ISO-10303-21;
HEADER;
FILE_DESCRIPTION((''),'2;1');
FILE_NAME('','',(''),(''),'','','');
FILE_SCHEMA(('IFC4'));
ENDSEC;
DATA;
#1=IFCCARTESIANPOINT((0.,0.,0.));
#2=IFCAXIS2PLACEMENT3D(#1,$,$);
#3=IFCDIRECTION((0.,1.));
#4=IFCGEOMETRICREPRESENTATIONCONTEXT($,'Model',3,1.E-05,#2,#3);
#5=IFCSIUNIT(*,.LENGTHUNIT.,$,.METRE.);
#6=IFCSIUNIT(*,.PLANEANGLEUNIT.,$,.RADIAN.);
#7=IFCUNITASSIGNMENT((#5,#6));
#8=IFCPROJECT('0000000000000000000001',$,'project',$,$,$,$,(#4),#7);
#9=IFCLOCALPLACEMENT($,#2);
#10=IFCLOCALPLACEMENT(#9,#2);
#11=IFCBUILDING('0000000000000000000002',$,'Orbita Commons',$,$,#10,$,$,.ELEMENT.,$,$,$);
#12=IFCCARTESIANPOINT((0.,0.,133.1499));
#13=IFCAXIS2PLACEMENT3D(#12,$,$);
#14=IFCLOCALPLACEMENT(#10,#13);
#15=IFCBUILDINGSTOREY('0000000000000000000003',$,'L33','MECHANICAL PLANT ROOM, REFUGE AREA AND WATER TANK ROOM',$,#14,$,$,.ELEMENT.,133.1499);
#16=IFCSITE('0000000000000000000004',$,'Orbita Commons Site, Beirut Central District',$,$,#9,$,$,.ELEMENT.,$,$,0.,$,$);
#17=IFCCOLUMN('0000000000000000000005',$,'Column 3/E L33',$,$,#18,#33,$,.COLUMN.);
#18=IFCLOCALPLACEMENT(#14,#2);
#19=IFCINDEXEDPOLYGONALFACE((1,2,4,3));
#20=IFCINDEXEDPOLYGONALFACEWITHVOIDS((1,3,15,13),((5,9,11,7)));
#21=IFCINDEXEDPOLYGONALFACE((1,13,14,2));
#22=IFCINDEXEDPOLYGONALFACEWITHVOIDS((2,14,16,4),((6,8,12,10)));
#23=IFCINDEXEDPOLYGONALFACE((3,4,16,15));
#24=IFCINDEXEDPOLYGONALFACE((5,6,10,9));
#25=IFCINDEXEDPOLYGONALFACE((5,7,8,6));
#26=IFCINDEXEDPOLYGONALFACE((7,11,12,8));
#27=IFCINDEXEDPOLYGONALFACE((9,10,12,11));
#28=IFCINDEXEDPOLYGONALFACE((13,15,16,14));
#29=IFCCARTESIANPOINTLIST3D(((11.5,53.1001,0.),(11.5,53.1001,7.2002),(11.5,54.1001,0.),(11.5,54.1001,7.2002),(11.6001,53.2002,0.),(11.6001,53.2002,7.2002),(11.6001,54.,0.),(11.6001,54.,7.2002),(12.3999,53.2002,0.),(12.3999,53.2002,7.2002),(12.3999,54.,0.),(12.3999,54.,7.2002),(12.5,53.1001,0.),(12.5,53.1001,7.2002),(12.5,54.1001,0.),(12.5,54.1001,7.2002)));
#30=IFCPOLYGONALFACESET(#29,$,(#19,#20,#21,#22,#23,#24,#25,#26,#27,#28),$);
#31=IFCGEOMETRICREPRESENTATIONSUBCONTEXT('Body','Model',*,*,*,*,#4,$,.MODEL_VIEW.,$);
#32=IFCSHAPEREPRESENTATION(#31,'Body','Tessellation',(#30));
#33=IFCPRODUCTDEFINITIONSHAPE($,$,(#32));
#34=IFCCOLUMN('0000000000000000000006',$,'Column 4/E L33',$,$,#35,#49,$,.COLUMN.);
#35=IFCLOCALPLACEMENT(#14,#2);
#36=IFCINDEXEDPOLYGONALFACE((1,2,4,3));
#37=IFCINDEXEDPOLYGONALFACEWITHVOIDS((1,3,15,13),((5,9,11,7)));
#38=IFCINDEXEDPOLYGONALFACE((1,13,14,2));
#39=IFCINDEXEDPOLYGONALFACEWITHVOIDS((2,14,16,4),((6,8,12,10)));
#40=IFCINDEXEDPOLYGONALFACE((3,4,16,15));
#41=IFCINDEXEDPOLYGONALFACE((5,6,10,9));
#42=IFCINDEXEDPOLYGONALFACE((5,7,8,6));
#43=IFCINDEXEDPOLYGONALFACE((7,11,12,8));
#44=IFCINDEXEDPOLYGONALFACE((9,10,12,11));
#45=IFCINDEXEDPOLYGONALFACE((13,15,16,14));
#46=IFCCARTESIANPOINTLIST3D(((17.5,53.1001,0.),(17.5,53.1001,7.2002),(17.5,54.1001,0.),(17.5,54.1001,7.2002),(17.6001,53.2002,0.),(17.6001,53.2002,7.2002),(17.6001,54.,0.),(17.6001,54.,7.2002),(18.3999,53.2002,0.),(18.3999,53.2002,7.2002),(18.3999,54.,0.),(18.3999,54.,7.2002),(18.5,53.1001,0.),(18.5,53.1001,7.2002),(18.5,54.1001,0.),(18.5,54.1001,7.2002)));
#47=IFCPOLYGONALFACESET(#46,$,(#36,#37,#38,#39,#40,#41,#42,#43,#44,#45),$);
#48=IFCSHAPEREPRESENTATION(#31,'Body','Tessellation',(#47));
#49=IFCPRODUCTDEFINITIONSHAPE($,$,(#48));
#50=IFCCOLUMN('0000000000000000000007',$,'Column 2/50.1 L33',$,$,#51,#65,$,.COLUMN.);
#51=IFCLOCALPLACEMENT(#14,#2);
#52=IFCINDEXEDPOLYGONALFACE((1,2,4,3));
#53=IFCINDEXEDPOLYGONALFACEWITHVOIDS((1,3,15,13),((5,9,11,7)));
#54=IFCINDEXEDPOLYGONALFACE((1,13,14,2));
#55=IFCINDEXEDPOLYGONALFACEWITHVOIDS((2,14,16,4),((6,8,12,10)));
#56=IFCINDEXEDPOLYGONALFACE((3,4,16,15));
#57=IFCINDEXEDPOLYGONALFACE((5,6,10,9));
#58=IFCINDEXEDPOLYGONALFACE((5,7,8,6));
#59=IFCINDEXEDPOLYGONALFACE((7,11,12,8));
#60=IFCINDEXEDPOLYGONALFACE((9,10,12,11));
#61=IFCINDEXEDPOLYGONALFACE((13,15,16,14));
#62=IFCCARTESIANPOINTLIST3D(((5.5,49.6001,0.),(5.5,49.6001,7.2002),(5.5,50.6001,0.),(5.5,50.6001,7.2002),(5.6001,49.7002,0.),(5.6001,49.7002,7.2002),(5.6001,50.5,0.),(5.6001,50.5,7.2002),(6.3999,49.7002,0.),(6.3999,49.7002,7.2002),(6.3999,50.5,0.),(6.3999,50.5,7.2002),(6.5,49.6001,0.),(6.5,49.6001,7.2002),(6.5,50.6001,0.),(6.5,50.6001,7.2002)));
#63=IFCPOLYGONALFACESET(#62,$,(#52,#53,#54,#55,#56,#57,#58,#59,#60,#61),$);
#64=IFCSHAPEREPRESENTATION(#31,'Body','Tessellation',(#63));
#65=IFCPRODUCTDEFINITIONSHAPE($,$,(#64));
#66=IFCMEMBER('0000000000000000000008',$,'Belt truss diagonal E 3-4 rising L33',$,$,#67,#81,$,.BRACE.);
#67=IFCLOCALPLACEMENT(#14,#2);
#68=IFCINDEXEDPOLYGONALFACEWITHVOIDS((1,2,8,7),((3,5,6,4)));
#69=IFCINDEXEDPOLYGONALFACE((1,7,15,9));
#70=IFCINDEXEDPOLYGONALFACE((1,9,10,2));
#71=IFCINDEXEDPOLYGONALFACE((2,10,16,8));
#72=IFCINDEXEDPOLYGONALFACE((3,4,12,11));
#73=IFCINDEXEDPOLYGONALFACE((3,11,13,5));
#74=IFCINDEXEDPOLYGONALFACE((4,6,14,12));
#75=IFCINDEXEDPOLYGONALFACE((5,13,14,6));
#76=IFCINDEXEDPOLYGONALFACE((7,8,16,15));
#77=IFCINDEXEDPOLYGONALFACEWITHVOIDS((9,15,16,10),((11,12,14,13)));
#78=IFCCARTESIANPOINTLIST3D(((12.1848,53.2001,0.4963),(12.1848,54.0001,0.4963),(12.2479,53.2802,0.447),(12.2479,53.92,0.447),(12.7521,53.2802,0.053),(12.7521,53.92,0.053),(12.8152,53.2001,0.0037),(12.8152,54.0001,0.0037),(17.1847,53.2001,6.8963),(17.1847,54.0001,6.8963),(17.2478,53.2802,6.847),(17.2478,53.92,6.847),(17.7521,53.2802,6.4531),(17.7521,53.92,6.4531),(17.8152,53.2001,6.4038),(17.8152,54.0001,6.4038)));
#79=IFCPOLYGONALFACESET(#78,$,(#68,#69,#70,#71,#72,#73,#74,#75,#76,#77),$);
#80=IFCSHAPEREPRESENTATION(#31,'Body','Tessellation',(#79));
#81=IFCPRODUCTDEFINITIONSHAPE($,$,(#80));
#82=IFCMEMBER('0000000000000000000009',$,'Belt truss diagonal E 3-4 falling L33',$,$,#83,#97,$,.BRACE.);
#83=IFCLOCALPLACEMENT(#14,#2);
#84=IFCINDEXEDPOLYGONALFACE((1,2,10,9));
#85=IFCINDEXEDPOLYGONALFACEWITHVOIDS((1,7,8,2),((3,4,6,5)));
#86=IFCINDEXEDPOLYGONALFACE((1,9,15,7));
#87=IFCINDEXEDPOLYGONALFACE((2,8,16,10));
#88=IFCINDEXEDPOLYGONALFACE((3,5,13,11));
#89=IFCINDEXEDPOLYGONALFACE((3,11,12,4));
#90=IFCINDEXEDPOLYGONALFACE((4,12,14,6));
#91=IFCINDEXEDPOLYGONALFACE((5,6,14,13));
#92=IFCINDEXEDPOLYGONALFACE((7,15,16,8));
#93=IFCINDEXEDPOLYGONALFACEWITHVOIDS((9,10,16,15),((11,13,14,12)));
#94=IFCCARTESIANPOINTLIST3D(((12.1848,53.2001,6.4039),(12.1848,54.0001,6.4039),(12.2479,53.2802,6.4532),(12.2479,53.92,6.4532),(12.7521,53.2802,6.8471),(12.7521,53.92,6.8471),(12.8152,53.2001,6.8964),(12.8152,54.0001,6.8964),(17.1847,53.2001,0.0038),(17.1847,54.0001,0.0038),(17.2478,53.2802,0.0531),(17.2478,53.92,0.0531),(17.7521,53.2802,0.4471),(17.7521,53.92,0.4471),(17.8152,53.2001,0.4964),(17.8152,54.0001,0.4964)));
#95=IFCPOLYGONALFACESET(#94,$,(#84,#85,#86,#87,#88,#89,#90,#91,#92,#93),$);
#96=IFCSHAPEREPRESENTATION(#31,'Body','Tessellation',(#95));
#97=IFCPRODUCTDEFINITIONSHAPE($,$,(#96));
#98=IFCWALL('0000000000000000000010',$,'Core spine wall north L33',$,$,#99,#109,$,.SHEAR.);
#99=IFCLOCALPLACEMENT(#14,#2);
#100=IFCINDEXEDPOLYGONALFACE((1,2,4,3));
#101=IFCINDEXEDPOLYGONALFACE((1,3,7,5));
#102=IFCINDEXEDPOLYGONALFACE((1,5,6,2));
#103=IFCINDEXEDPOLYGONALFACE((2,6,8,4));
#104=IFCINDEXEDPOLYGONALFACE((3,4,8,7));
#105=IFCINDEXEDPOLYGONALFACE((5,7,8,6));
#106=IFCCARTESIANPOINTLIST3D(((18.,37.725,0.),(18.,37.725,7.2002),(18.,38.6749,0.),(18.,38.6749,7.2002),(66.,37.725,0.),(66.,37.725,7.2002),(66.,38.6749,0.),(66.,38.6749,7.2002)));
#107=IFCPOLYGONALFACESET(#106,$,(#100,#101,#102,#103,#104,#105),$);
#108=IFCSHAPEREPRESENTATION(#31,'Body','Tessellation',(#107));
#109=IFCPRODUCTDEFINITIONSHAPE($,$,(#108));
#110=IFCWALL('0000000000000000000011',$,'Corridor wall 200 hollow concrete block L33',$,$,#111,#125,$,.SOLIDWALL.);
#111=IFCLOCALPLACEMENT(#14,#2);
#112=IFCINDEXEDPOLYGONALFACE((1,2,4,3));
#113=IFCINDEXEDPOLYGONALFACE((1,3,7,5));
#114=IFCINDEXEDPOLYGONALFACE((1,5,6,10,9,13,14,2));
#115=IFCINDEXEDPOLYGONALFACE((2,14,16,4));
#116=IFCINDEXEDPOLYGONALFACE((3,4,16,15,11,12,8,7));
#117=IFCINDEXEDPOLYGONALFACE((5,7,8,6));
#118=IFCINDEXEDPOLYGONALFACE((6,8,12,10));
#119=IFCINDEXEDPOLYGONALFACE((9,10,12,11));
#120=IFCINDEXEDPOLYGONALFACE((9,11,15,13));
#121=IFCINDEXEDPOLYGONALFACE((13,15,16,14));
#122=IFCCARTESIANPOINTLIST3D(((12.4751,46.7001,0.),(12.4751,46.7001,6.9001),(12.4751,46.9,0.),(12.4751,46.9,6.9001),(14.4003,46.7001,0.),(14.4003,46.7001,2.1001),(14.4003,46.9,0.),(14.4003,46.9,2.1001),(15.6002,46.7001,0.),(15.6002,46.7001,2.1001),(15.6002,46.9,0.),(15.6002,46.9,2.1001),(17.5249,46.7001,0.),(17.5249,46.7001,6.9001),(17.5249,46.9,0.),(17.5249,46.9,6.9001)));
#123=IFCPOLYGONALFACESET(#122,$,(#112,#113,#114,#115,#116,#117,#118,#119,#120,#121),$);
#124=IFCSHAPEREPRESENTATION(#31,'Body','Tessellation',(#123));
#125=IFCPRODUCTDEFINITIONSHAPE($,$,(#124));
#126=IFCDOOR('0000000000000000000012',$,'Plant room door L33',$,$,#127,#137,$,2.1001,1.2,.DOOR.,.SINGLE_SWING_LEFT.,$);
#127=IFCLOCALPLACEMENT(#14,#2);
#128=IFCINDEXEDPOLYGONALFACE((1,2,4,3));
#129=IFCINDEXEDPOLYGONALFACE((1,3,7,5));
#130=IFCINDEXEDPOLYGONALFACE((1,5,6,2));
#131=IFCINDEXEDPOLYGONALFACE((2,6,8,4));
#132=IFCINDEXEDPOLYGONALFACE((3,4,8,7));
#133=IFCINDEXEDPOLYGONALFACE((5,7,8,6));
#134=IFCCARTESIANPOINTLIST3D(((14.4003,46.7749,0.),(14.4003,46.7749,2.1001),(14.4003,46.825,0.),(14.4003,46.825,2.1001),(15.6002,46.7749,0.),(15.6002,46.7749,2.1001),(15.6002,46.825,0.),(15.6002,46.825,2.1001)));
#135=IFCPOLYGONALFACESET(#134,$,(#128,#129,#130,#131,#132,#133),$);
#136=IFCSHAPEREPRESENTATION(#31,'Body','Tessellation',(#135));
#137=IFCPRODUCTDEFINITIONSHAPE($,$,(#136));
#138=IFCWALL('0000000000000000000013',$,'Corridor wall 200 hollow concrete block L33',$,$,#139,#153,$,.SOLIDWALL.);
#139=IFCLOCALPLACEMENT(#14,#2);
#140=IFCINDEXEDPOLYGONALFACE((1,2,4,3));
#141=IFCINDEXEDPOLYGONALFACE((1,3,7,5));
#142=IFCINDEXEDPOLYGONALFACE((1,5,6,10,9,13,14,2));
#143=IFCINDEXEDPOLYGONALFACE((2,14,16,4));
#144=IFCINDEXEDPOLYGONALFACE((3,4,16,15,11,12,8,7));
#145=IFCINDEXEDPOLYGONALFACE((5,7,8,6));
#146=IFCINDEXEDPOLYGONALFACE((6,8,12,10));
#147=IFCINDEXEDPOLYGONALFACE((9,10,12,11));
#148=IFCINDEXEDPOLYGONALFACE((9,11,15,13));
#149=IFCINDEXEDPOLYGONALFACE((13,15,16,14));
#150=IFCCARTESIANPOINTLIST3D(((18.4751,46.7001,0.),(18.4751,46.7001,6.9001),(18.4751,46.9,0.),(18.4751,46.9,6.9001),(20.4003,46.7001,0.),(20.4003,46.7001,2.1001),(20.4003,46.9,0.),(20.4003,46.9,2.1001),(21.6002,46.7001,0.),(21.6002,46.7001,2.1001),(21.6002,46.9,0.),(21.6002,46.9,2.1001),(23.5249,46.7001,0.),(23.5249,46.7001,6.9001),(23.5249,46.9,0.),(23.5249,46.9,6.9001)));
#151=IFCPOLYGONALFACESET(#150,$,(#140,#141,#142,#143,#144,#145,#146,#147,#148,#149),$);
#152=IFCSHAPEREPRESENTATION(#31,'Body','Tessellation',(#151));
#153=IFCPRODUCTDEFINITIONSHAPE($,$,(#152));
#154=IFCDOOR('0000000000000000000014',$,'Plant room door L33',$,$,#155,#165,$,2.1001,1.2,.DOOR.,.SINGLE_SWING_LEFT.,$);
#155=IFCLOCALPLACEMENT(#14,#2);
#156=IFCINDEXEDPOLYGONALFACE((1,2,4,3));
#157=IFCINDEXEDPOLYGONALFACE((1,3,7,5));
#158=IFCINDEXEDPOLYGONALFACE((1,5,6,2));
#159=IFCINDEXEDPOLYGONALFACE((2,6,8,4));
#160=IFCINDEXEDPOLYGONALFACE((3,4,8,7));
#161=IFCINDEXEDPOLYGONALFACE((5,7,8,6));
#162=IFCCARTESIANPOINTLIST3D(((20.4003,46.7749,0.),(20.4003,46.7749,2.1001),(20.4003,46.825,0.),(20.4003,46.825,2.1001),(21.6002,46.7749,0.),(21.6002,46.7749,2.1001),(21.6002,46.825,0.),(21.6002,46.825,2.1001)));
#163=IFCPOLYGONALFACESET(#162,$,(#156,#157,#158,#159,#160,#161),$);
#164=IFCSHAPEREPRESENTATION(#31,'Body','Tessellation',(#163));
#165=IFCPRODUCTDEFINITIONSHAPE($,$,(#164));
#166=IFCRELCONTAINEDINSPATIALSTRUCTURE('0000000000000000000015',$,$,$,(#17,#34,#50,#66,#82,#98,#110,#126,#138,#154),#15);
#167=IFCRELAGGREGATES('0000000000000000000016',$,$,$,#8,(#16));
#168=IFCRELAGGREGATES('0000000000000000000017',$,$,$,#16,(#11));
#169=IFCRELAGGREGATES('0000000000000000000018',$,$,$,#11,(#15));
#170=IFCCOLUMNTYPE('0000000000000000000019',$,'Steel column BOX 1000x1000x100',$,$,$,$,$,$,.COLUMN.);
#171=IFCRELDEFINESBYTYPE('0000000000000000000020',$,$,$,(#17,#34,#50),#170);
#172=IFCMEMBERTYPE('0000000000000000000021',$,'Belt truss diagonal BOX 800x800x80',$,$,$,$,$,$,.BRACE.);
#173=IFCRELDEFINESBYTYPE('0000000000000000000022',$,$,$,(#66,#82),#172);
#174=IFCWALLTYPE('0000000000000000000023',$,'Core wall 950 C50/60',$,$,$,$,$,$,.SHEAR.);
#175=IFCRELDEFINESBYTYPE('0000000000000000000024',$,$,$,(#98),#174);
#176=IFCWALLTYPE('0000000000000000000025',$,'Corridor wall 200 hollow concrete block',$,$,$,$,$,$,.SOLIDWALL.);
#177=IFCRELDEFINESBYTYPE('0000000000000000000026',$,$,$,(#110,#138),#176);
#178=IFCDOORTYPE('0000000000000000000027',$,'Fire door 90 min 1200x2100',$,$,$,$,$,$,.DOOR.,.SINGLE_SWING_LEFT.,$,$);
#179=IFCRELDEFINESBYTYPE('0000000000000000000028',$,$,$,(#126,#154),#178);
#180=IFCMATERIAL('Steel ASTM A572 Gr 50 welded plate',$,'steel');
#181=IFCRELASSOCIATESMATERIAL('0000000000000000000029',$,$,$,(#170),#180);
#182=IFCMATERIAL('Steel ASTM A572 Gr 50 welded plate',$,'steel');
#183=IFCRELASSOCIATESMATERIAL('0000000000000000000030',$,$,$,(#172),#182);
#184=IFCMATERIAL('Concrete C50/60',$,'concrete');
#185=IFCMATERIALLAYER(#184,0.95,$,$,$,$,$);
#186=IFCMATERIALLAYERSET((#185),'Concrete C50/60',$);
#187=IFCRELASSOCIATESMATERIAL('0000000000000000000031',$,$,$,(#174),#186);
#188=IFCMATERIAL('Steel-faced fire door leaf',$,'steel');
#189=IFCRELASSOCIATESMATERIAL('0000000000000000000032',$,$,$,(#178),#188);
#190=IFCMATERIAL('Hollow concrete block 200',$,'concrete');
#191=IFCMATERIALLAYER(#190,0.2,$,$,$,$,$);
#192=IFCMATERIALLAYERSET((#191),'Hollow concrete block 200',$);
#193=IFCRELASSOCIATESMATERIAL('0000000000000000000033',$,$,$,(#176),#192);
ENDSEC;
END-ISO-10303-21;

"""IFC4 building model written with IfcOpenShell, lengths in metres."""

from ifc_helpers import new_model, si_unit, direction, frame, frame_2d, origin, origin_2d, place, context, subcontext, project, spatial, rectangle, hollow_rectangle, extrude, material, layer, layer_set, material_profile, profile_set, type_object, element, fill, save


model = new_model("IFC4")

# Units and contexts
model_context = context("Model", 3, precision=1e-05, world=origin(), true_north=direction((0.0, 1.0)))
body_context = subcontext(model_context, "Body", "Model", "MODEL_VIEW")
ifc_project = project(units=[si_unit("LENGTHUNIT", "METRE"), si_unit("PLANEANGLEUNIT", "RADIAN")], contexts=[model_context])

# Site, building, storey
site_placement = place(None, origin())
site = spatial("IfcSite", under=ifc_project, at=site_placement, Name="Orbita Commons Site, Beirut Central District", CompositionType="ELEMENT", RefElevation=0.0)
building_placement = place(site_placement, origin())
building = spatial("IfcBuilding", under=site, at=building_placement, Name="Orbita Commons", CompositionType="ELEMENT")
storey_placement = place(building_placement, frame((0.0, 0.0, 133.1499)))
storey = spatial("IfcBuildingStorey", under=building, at=storey_placement, Name="L33", Description="MECHANICAL PLANT ROOM, REFUGE AREA AND WATER TANK ROOM", CompositionType="ELEMENT", Elevation=133.1499)

# Columns
ifc_material_1 = material(Name="Steel ASTM A572 Gr 50 welded plate", Category="steel")
ifc_material_profile_1 = material_profile(ifc_material_1, hollow_rectangle(XDim=1.0, YDim=1.0, WallThickness=0.1001, at=origin_2d()), Name="BOX 1000x1000x100")
ifc_profile_set_1 = profile_set([ifc_material_profile_1], Name="Steel ASTM A572 Gr 50 welded plate")
column_type = type_object("IfcColumnType", Name="Steel column BOX 1000x1000x100", PredefinedType="COLUMN", material=ifc_profile_set_1)
for number, where, z_axis, x_axis, name in (
    (1, (12.0, 53.6001, 0.0), (0.0, 0.0, 1.0), (1.0, 0.0, 0.0), "Column 3/E L33"),
    (2, (18.0, 53.6001, 0.0), (0.0, 0.0, 1.0), (1.0, 0.0, 0.0), "Column 4/E L33"),
    (3, (6.0, 50.1001, 0.0), (0.0, 0.0, 1.0), (1.0, 0.0, 0.0), "Column 2/50.1 L33"),
):
    element("IfcColumn", number, at=place(storey_placement, frame(where, z_axis=z_axis, x_axis=x_axis)), inside=storey, type_object=column_type, Name=name, PredefinedType="COLUMN", context=body_context, shape_type="SweptSolid", body=[
        extrude(hollow_rectangle(XDim=1.0, YDim=1.0, WallThickness=0.1001, at=origin_2d()), origin(), (0.0, 0.0, 1.0), 7.2002),
    ])

# Members
ifc_material_2 = material(Name="Steel ASTM A572 Gr 50 welded plate", Category="steel")
ifc_material_profile_2 = material_profile(ifc_material_2, hollow_rectangle(XDim=0.8, YDim=0.8, WallThickness=0.0801, at=origin_2d()), Name="BOX 800x800x80")
ifc_profile_set_2 = profile_set([ifc_material_profile_2], Name="Steel ASTM A572 Gr 50 welded plate")
member_type = type_object("IfcMemberType", Name="Belt truss diagonal BOX 800x800x80", PredefinedType="BRACE", material=ifc_profile_set_2)
for number, where, z_axis, x_axis, name in (
    (4, (12.5, 53.6001, 0.25), (0.615635, 0.0, 0.788031), (0.0, 1.0, 0.0), "Belt truss diagonal E 3-4 rising L33"),
    (5, (12.5, 53.6001, 6.6501), (0.615635, 0.0, -0.788031), (0.0, 1.0, 0.0), "Belt truss diagonal E 3-4 falling L33"),
):
    element("IfcMember", number, at=place(storey_placement, frame(where, z_axis=z_axis, x_axis=x_axis)), inside=storey, type_object=member_type, Name=name, PredefinedType="BRACE", context=body_context, shape_type="SweptSolid", body=[
        extrude(hollow_rectangle(XDim=0.8, YDim=0.8, WallThickness=0.0801, at=origin_2d()), origin(), (0.0, 0.0, 1.0), 8.1216),
    ])

# Wall
ifc_material_3 = material(Name="Concrete C50/60", Category="concrete")
ifc_layer_1 = layer(ifc_material_3, 0.95)
ifc_layer_set_1 = layer_set([ifc_layer_1], Name="Concrete C50/60")
wall_type_1 = type_object("IfcWallType", Name="Core wall 950 C50/60", PredefinedType="SHEAR", material=ifc_layer_set_1)
wall_1_placement = place(storey_placement, frame((18.0, 38.2, 0.0), z_axis=(0.0, 0.0, 1.0), x_axis=(1.0, 0.0, 0.0)))
element("IfcWall", 6, at=wall_1_placement, inside=storey, type_object=wall_type_1, Name="Core spine wall north L33", PredefinedType="SHEAR", context=body_context, shape_type="SweptSolid", body=[
    extrude(rectangle(XDim=48.0, YDim=0.95, at=frame_2d((24.0, 0.0))), origin(), (0.0, 0.0, 1.0), 7.2002),
])

# Shared definitions
ifc_material_4 = material(Name="Steel-faced fire door leaf", Category="steel")
door_type_1 = type_object("IfcDoorType", Name="Fire door 90 min 1200x2100", OperationType="SINGLE_SWING_LEFT", PredefinedType="DOOR", material=ifc_material_4)

# Walls, openings, doors
ifc_material_5 = material(Name="Hollow concrete block 200", Category="concrete")
ifc_layer_2 = layer(ifc_material_5, 0.2)
ifc_layer_set_2 = layer_set([ifc_layer_2], Name="Hollow concrete block 200")
wall_type_2 = type_object("IfcWallType", Name="Corridor wall 200 hollow concrete block", PredefinedType="SOLIDWALL", material=ifc_layer_set_2)
wall_2_placement = place(storey_placement, frame((12.4751, 46.8, 0.0), z_axis=(0.0, 0.0, 1.0), x_axis=(1.0, 0.0, 0.0)))
wall_2 = element("IfcWall", 7, at=wall_2_placement, inside=storey, type_object=wall_type_2, Name="Corridor wall 200 hollow concrete block L33", PredefinedType="SOLIDWALL", context=body_context, shape_type="SweptSolid", body=[
    extrude(rectangle(XDim=5.0498, YDim=0.2, at=frame_2d((2.5249, 0.0))), origin(), (0.0, 0.0, 1.0), 6.9001),
])
opening_1_placement = place(wall_2_placement, frame((1.925, 0.0, 0.0)))
opening_1 = element("IfcOpeningElement", 8, at=opening_1_placement, cuts=wall_2, PredefinedType="OPENING", context=body_context, shape_type="SweptSolid", body=[
    extrude(rectangle(XDim=1.2, YDim=2.1001, at=frame_2d((0.6001, 1.05))), frame((0.0, 0.1099, 0.0), z_axis=(0.0, -1.0, 0.0), x_axis=(1.0, 0.0, 0.0)), (0.0, 0.0, 1.0), 0.22),
])
door_1_placement = place(opening_1_placement, origin())
door_1 = element("IfcDoor", 9, at=door_1_placement, inside=storey, type_object=door_type_1, Name="Plant room door L33", OperationType="SINGLE_SWING_LEFT", OverallHeight=2.1001, OverallWidth=1.2, PredefinedType="DOOR", context=body_context, shape_type="SweptSolid", body=[
    extrude(rectangle(XDim=1.2, YDim=2.1001, at=frame_2d((0.6001, 1.05))), frame((0.0, 0.0249, 0.0), z_axis=(0.0, -1.0, 0.0), x_axis=(1.0, 0.0, 0.0)), (0.0, 0.0, 1.0), 0.05),
])
fill(opening_1, door_1)
wall_3_placement = place(storey_placement, frame((18.4751, 46.8, 0.0), z_axis=(0.0, 0.0, 1.0), x_axis=(1.0, 0.0, 0.0)))
wall_3 = element("IfcWall", 10, at=wall_3_placement, inside=storey, type_object=wall_type_2, Name="Corridor wall 200 hollow concrete block L33", PredefinedType="SOLIDWALL", context=body_context, shape_type="SweptSolid", body=[
    extrude(rectangle(XDim=5.0498, YDim=0.2, at=frame_2d((2.5249, 0.0))), origin(), (0.0, 0.0, 1.0), 6.9001),
])
opening_2_placement = place(wall_3_placement, frame((1.925, 0.0, 0.0)))
opening_2 = element("IfcOpeningElement", 11, at=opening_2_placement, cuts=wall_3, PredefinedType="OPENING", context=body_context, shape_type="SweptSolid", body=[
    extrude(rectangle(XDim=1.2, YDim=2.1001, at=frame_2d((0.6001, 1.05))), frame((0.0, 0.1099, 0.0), z_axis=(0.0, -1.0, 0.0), x_axis=(1.0, 0.0, 0.0)), (0.0, 0.0, 1.0), 0.22),
])
door_2_placement = place(opening_2_placement, origin())
door_2 = element("IfcDoor", 12, at=door_2_placement, inside=storey, type_object=door_type_1, Name="Plant room door L33", OperationType="SINGLE_SWING_LEFT", OverallHeight=2.1001, OverallWidth=1.2, PredefinedType="DOOR", context=body_context, shape_type="SweptSolid", body=[
    extrude(rectangle(XDim=1.2, YDim=2.1001, at=frame_2d((0.6001, 1.05))), frame((0.0, 0.0249, 0.0), z_axis=(0.0, -1.0, 0.0), x_axis=(1.0, 0.0, 0.0)), (0.0, 0.0, 1.0), 0.05),
])
fill(opening_2, door_2)

save(model, "model.ifc")
